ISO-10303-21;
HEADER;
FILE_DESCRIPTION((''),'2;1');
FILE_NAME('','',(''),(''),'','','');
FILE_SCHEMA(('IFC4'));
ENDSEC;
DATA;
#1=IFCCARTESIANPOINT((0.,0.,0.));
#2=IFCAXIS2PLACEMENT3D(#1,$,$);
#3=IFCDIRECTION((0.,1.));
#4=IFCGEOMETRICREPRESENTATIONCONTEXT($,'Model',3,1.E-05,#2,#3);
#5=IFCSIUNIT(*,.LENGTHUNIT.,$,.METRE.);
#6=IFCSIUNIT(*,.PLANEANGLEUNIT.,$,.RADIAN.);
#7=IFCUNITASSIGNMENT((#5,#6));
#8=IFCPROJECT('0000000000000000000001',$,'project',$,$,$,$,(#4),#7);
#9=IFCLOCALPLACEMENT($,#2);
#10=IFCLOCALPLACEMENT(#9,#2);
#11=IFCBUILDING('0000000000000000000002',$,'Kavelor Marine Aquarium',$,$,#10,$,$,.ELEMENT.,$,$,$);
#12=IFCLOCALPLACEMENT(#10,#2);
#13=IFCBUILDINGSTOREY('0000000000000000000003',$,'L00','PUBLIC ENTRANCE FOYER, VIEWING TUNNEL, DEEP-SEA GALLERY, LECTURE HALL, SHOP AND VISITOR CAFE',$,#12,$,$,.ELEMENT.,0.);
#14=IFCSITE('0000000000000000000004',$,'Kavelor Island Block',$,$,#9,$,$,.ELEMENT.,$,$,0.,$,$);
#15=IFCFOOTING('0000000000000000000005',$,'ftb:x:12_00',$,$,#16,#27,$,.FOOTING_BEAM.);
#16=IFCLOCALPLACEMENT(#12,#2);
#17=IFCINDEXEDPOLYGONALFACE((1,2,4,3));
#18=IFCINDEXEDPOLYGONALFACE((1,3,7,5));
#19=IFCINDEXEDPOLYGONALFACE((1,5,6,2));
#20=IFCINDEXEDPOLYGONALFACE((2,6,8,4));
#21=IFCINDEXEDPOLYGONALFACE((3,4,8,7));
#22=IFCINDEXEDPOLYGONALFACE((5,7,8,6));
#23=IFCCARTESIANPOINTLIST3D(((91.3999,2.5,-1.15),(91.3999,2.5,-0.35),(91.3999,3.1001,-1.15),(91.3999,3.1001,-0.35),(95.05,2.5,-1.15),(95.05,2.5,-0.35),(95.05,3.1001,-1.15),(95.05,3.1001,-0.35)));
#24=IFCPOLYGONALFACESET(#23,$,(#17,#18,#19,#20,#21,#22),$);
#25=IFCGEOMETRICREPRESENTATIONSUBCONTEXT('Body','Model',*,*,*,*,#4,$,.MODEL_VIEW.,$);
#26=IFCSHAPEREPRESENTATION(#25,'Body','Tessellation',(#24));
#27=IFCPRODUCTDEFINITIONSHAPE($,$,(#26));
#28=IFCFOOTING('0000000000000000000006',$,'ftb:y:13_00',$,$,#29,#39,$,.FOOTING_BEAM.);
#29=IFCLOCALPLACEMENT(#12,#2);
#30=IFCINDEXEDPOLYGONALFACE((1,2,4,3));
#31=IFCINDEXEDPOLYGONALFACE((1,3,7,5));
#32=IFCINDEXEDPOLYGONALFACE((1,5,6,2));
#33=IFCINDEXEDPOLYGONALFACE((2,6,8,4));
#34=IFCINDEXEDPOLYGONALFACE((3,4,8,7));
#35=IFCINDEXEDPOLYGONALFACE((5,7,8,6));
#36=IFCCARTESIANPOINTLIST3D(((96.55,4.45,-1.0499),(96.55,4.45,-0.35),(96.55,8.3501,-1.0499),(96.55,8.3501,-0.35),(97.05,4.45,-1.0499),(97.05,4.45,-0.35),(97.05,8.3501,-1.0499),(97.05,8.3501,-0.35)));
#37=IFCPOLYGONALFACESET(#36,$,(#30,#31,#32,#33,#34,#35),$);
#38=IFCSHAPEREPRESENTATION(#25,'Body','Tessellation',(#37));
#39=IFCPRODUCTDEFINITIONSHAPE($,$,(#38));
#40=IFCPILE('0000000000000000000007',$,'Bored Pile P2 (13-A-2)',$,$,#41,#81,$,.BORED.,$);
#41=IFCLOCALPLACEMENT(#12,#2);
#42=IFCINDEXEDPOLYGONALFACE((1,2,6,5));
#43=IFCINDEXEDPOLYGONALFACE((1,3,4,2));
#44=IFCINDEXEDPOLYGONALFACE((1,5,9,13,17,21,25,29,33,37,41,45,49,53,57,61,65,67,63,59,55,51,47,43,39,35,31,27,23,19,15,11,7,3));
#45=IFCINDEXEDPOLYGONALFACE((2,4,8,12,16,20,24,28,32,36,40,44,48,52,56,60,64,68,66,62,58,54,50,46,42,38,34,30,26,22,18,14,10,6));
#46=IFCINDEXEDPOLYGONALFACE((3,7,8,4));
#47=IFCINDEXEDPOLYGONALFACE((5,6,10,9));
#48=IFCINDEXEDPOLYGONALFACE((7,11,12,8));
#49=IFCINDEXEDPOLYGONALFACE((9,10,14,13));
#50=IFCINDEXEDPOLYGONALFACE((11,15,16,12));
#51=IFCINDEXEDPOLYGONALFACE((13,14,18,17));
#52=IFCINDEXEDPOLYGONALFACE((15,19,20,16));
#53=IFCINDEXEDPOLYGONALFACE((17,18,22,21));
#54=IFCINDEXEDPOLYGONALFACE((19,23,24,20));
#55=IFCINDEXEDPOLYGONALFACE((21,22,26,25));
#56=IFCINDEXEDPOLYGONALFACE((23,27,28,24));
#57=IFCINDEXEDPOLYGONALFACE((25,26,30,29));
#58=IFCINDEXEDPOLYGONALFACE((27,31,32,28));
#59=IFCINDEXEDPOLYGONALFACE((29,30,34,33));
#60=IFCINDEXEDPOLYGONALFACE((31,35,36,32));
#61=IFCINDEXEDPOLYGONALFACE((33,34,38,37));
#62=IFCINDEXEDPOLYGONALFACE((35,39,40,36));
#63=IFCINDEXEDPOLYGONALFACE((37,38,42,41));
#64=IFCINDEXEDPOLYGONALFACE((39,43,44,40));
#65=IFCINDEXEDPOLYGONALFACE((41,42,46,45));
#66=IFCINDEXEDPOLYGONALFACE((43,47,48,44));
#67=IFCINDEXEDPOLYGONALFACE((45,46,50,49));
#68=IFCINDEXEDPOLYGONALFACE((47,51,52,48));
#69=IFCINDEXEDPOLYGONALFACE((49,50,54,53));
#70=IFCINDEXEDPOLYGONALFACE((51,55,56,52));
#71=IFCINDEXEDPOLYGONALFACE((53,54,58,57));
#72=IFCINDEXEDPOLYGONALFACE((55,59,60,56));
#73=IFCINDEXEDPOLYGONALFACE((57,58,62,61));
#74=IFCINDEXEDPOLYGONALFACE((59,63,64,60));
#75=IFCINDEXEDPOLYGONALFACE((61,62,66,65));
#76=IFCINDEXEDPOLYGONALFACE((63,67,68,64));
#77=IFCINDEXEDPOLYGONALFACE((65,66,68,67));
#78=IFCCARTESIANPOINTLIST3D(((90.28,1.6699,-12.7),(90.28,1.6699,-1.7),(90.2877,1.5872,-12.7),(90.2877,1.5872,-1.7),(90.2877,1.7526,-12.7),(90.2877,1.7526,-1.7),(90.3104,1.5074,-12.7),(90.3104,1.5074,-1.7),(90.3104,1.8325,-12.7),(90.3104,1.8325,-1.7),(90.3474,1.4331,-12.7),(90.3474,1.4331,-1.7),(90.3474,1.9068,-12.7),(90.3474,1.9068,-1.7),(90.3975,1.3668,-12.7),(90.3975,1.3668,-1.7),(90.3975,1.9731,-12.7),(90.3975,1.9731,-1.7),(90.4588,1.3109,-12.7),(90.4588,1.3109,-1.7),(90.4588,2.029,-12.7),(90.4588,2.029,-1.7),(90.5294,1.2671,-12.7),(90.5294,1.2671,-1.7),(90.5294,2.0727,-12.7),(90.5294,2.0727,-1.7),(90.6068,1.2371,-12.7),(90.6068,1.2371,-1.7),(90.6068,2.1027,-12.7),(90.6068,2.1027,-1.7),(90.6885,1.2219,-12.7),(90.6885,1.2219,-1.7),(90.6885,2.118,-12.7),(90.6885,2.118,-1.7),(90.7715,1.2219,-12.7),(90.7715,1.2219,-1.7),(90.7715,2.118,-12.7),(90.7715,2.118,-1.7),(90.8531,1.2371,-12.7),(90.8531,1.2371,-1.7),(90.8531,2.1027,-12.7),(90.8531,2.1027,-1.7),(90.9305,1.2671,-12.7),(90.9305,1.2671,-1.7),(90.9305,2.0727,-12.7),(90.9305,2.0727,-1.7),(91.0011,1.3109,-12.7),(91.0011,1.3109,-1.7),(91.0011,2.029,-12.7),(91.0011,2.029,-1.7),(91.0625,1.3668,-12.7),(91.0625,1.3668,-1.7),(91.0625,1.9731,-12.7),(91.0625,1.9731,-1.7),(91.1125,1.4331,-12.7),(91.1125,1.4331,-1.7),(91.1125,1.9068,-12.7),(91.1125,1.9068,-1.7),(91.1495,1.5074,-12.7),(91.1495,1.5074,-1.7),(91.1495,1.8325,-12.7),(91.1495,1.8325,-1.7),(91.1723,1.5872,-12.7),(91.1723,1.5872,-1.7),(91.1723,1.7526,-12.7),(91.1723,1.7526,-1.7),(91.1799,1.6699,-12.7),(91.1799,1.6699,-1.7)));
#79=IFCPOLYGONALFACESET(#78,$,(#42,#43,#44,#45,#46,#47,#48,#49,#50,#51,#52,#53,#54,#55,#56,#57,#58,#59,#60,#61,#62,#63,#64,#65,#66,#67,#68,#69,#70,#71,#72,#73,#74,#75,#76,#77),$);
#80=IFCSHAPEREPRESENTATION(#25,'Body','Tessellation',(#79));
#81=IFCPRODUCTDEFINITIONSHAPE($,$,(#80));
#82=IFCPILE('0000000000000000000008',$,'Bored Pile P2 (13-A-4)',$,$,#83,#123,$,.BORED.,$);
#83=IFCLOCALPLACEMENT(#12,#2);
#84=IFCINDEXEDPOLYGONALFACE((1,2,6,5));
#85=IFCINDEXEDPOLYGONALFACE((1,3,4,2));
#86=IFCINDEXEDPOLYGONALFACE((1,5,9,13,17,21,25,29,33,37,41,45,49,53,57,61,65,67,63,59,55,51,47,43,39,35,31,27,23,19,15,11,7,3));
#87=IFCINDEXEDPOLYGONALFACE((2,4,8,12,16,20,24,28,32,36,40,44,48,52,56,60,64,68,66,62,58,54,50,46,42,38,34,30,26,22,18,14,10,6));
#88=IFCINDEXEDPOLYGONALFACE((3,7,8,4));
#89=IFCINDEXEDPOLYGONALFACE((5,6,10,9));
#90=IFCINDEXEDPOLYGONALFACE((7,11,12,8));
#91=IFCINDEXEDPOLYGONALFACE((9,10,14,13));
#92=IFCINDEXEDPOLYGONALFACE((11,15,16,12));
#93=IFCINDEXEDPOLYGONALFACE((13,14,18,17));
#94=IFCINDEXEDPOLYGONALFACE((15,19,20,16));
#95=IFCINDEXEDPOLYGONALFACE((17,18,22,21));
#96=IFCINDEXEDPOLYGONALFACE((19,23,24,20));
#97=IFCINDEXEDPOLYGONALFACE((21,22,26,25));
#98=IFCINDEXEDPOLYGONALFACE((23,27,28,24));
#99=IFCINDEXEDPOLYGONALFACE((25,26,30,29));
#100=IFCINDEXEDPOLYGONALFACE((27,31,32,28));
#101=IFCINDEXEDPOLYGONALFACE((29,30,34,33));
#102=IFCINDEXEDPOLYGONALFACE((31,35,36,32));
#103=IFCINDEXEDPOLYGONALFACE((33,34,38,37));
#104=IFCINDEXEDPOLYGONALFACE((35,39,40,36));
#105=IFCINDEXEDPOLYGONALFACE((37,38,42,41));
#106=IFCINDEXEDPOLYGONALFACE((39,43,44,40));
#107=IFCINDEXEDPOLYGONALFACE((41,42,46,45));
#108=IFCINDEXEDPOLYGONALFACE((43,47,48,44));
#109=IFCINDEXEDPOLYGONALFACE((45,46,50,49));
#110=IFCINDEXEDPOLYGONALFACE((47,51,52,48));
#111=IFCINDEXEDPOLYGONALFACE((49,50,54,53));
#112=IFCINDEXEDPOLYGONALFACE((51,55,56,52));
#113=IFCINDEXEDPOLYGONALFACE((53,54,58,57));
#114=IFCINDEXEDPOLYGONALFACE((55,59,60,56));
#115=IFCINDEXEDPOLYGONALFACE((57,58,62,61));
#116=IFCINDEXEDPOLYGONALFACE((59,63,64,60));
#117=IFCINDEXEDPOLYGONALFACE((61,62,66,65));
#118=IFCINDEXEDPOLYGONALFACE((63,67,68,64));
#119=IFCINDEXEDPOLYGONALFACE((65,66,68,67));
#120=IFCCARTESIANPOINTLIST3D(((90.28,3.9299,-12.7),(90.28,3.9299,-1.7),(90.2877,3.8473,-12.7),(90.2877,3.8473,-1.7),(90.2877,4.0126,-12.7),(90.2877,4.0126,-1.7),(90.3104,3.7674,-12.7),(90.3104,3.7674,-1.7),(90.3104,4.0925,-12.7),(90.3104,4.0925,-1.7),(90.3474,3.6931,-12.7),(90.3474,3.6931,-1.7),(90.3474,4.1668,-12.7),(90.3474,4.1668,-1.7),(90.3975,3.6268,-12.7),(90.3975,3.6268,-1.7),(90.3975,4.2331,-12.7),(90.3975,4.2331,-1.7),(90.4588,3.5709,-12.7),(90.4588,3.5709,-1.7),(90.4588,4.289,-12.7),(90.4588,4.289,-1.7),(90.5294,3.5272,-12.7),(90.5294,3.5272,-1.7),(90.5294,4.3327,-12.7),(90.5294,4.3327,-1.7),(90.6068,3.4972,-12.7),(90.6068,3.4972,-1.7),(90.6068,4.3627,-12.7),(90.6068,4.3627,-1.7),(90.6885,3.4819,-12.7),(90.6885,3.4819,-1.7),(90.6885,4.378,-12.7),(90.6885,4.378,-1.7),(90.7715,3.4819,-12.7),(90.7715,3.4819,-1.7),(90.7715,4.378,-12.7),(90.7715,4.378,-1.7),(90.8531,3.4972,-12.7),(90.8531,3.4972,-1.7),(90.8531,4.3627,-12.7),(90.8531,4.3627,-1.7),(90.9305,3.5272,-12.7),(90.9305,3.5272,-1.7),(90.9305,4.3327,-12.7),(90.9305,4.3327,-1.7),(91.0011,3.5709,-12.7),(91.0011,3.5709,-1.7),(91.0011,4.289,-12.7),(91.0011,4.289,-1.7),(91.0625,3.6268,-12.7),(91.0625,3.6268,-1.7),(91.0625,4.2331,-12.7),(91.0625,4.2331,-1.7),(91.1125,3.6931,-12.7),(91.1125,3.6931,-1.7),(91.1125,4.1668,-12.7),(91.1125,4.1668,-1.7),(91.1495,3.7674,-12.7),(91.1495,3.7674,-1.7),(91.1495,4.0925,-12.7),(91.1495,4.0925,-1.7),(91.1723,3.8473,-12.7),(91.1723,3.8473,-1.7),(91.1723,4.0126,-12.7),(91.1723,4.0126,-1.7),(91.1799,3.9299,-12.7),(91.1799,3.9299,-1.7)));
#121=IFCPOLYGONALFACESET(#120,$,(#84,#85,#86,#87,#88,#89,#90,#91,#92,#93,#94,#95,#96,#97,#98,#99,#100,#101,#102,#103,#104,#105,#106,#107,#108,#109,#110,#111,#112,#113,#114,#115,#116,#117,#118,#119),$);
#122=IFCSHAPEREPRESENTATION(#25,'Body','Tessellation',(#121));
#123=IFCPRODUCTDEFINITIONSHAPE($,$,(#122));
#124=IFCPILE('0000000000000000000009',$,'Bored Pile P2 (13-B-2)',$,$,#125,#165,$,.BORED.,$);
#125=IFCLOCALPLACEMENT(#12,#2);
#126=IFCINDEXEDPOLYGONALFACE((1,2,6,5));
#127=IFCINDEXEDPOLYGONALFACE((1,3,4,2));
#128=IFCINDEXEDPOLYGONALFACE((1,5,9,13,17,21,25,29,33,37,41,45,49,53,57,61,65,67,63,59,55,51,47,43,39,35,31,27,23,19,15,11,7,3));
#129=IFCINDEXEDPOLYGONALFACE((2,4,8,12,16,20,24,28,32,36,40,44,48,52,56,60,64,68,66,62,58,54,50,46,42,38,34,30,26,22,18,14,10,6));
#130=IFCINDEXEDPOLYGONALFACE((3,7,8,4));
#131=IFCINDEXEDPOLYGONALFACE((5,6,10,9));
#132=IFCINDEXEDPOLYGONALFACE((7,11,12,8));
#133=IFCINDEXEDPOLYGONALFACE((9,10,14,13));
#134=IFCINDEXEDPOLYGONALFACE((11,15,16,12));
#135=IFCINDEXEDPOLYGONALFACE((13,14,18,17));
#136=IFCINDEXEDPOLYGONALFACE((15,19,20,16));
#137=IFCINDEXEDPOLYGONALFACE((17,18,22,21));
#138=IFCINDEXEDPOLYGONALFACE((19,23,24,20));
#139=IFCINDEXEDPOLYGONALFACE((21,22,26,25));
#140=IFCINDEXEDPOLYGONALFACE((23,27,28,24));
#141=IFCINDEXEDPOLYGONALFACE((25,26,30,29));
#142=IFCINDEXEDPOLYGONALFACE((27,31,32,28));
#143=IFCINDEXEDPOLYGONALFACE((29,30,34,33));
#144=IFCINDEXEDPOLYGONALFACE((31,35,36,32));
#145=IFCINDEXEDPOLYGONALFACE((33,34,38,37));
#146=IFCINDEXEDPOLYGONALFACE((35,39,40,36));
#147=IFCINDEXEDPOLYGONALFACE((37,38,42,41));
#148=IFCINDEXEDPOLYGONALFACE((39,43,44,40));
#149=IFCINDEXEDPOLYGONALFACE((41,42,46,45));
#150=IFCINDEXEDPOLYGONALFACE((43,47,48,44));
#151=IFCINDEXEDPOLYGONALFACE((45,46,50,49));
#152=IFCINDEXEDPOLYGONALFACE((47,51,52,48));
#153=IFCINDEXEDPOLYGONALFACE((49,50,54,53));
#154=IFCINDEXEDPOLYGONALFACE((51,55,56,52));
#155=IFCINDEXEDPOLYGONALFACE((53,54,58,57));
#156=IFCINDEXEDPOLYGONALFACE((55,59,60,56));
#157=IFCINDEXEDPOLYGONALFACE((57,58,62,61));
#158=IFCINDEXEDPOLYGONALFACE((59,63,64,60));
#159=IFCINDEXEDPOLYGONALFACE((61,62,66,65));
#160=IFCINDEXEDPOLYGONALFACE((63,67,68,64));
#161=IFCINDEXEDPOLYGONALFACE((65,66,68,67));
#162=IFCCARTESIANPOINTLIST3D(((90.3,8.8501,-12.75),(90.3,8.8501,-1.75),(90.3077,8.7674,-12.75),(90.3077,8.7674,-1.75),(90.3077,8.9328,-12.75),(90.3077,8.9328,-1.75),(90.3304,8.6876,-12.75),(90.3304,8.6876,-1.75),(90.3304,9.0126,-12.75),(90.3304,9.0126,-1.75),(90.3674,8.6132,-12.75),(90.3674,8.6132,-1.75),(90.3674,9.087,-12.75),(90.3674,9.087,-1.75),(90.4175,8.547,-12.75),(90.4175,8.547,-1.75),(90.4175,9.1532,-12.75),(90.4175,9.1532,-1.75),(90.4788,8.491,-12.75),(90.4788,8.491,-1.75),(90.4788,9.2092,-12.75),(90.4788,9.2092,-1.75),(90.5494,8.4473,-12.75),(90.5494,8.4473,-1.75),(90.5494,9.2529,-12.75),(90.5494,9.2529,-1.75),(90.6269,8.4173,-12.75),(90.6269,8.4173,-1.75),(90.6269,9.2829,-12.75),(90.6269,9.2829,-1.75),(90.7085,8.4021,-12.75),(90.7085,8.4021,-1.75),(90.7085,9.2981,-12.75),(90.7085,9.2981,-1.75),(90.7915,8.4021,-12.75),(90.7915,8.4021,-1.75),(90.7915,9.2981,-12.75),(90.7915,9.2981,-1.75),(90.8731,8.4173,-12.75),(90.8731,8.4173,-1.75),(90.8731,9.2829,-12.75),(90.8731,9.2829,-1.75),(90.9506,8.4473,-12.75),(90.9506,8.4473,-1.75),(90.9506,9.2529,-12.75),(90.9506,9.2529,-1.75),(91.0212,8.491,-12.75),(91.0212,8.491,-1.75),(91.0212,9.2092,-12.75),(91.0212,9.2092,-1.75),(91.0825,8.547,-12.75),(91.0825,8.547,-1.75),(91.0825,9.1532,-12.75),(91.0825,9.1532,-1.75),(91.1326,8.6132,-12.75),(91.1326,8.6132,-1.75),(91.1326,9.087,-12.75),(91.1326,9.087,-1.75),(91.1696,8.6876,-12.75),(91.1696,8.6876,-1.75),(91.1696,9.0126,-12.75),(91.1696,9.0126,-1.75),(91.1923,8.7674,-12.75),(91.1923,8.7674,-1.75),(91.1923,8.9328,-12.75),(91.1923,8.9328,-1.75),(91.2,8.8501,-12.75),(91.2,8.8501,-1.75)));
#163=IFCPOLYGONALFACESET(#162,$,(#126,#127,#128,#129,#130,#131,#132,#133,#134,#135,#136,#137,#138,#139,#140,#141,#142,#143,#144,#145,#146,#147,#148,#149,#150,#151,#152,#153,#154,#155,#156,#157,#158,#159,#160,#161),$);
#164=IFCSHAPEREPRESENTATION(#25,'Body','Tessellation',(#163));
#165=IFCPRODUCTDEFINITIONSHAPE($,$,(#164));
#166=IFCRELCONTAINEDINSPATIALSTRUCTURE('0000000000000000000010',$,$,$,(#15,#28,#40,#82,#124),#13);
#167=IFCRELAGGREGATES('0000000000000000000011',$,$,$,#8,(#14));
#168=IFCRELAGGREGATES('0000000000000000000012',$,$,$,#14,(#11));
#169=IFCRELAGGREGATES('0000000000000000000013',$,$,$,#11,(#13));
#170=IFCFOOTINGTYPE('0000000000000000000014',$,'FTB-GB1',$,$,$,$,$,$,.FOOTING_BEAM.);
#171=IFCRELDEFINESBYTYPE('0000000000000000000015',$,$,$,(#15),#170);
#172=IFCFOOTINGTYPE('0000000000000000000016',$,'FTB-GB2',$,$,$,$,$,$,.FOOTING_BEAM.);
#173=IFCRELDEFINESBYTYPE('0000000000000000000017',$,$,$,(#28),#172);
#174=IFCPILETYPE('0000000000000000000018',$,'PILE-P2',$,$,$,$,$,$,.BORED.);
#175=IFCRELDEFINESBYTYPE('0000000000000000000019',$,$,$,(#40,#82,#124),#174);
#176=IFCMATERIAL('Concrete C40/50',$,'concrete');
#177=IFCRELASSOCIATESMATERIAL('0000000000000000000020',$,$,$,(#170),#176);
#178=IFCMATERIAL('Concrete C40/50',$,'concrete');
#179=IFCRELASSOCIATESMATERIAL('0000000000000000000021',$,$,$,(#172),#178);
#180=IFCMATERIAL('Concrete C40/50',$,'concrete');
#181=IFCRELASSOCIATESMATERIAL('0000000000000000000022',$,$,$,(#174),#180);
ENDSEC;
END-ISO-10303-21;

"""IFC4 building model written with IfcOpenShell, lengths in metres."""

from ifc_helpers import new_model, si_unit, direction, frame, origin, origin_2d, place, context, subcontext, project, spatial, rectangle, circle, extrude, material, material_profile, profile_set, type_object, element, save


model = new_model("IFC4")

# Units and contexts
model_context = context("Model", 3, precision=1e-05, world=origin(), true_north=direction((0.0, 1.0)))
body_context = subcontext(model_context, "Body", "Model", "MODEL_VIEW")
ifc_project = project(units=[si_unit("LENGTHUNIT", "METRE"), si_unit("PLANEANGLEUNIT", "RADIAN")], contexts=[model_context])

# Site, building, storey
site_placement = place(None, origin())
site = spatial("IfcSite", under=ifc_project, at=site_placement, Name="Kavelor Island Block", CompositionType="ELEMENT", RefElevation=0.0)
building_placement = place(site_placement, origin())
building = spatial("IfcBuilding", under=site, at=building_placement, Name="Kavelor Marine Aquarium", CompositionType="ELEMENT")
storey_placement = place(building_placement, origin())
storey = spatial("IfcBuildingStorey", under=building, at=storey_placement, Name="L00", Description="PUBLIC ENTRANCE FOYER, VIEWING TUNNEL, DEEP-SEA GALLERY, LECTURE HALL, SHOP AND VISITOR CAFE", CompositionType="ELEMENT", Elevation=0.0)

# Footings
ifc_material_1 = material(Name="Concrete C40/50", Category="concrete")
ifc_material_profile_1 = material_profile(ifc_material_1, rectangle(XDim=0.6001, YDim=0.8, at=origin_2d()), Name="GB 600x800")
ifc_profile_set_1 = profile_set([ifc_material_profile_1], Name="Concrete C40/50")
footing_type_1 = type_object("IfcFootingType", Name="FTB-GB1", PredefinedType="FOOTING_BEAM", material=ifc_profile_set_1)
footing_1_placement = place(storey_placement, frame((91.3999, 2.8, -0.75), z_axis=(1.0, 0.0, 0.0), x_axis=(0.0, 1.0, 0.0)))
element("IfcFooting", 1, at=footing_1_placement, inside=storey, type_object=footing_type_1, Name="ftb:x:12_00", PredefinedType="FOOTING_BEAM", context=body_context, shape_type="SweptSolid", body=[
    extrude(rectangle(XDim=0.6001, YDim=0.8, at=origin_2d()), origin(), (0.0, 0.0, 1.0), 3.6501),
])
ifc_material_2 = material(Name="Concrete C40/50", Category="concrete")
ifc_material_profile_2 = material_profile(ifc_material_2, rectangle(XDim=0.5, YDim=0.7, at=origin_2d()), Name="GB 500x700")
ifc_profile_set_2 = profile_set([ifc_material_profile_2], Name="Concrete C40/50")
footing_type_2 = type_object("IfcFootingType", Name="FTB-GB2", PredefinedType="FOOTING_BEAM", material=ifc_profile_set_2)
footing_2_placement = place(storey_placement, frame((96.8, 4.45, -0.7), z_axis=(0.0, 1.0, 0.0), x_axis=(-1.0, 0.0, 0.0)))
element("IfcFooting", 2, at=footing_2_placement, inside=storey, type_object=footing_type_2, Name="ftb:y:13_00", PredefinedType="FOOTING_BEAM", context=body_context, shape_type="SweptSolid", body=[
    extrude(rectangle(XDim=0.5, YDim=0.7, at=origin_2d()), origin(), (0.0, 0.0, 1.0), 3.9001),
])

# Piles
ifc_material_3 = material(Name="Concrete C40/50", Category="concrete")
ifc_material_profile_3 = material_profile(ifc_material_3, circle(Radius=0.45, at=origin_2d()), Name="PILE D900")
ifc_profile_set_3 = profile_set([ifc_material_profile_3], Name="Concrete C40/50")
pile_type_1 = type_object("IfcPileType", Name="PILE-P2", PredefinedType="BORED", material=ifc_profile_set_3)
for number, where, z_axis, x_axis, name in (
    (3, (90.73, 1.6699, -1.7), (0.0, 0.0, -1.0), (1.0, 0.0, 0.0), "Bored Pile P2 (13-A-2)"),
    (4, (90.73, 3.9299, -1.7), (0.0, 0.0, -1.0), (1.0, 0.0, 0.0), "Bored Pile P2 (13-A-4)"),
    (5, (90.75, 8.8501, -1.75), (0.0, 0.0, -1.0), (1.0, 0.0, 0.0), "Bored Pile P2 (13-B-2)"),
):
    element("IfcPile", number, at=place(storey_placement, frame(where, z_axis=z_axis, x_axis=x_axis)), inside=storey, type_object=pile_type_1, Name=name, PredefinedType="BORED", context=body_context, shape_type="SweptSolid", body=[
        extrude(circle(Radius=0.45, at=origin_2d()), origin(), (0.0, 0.0, 1.0), 11.0),
    ])

save(model, "model.ifc")
